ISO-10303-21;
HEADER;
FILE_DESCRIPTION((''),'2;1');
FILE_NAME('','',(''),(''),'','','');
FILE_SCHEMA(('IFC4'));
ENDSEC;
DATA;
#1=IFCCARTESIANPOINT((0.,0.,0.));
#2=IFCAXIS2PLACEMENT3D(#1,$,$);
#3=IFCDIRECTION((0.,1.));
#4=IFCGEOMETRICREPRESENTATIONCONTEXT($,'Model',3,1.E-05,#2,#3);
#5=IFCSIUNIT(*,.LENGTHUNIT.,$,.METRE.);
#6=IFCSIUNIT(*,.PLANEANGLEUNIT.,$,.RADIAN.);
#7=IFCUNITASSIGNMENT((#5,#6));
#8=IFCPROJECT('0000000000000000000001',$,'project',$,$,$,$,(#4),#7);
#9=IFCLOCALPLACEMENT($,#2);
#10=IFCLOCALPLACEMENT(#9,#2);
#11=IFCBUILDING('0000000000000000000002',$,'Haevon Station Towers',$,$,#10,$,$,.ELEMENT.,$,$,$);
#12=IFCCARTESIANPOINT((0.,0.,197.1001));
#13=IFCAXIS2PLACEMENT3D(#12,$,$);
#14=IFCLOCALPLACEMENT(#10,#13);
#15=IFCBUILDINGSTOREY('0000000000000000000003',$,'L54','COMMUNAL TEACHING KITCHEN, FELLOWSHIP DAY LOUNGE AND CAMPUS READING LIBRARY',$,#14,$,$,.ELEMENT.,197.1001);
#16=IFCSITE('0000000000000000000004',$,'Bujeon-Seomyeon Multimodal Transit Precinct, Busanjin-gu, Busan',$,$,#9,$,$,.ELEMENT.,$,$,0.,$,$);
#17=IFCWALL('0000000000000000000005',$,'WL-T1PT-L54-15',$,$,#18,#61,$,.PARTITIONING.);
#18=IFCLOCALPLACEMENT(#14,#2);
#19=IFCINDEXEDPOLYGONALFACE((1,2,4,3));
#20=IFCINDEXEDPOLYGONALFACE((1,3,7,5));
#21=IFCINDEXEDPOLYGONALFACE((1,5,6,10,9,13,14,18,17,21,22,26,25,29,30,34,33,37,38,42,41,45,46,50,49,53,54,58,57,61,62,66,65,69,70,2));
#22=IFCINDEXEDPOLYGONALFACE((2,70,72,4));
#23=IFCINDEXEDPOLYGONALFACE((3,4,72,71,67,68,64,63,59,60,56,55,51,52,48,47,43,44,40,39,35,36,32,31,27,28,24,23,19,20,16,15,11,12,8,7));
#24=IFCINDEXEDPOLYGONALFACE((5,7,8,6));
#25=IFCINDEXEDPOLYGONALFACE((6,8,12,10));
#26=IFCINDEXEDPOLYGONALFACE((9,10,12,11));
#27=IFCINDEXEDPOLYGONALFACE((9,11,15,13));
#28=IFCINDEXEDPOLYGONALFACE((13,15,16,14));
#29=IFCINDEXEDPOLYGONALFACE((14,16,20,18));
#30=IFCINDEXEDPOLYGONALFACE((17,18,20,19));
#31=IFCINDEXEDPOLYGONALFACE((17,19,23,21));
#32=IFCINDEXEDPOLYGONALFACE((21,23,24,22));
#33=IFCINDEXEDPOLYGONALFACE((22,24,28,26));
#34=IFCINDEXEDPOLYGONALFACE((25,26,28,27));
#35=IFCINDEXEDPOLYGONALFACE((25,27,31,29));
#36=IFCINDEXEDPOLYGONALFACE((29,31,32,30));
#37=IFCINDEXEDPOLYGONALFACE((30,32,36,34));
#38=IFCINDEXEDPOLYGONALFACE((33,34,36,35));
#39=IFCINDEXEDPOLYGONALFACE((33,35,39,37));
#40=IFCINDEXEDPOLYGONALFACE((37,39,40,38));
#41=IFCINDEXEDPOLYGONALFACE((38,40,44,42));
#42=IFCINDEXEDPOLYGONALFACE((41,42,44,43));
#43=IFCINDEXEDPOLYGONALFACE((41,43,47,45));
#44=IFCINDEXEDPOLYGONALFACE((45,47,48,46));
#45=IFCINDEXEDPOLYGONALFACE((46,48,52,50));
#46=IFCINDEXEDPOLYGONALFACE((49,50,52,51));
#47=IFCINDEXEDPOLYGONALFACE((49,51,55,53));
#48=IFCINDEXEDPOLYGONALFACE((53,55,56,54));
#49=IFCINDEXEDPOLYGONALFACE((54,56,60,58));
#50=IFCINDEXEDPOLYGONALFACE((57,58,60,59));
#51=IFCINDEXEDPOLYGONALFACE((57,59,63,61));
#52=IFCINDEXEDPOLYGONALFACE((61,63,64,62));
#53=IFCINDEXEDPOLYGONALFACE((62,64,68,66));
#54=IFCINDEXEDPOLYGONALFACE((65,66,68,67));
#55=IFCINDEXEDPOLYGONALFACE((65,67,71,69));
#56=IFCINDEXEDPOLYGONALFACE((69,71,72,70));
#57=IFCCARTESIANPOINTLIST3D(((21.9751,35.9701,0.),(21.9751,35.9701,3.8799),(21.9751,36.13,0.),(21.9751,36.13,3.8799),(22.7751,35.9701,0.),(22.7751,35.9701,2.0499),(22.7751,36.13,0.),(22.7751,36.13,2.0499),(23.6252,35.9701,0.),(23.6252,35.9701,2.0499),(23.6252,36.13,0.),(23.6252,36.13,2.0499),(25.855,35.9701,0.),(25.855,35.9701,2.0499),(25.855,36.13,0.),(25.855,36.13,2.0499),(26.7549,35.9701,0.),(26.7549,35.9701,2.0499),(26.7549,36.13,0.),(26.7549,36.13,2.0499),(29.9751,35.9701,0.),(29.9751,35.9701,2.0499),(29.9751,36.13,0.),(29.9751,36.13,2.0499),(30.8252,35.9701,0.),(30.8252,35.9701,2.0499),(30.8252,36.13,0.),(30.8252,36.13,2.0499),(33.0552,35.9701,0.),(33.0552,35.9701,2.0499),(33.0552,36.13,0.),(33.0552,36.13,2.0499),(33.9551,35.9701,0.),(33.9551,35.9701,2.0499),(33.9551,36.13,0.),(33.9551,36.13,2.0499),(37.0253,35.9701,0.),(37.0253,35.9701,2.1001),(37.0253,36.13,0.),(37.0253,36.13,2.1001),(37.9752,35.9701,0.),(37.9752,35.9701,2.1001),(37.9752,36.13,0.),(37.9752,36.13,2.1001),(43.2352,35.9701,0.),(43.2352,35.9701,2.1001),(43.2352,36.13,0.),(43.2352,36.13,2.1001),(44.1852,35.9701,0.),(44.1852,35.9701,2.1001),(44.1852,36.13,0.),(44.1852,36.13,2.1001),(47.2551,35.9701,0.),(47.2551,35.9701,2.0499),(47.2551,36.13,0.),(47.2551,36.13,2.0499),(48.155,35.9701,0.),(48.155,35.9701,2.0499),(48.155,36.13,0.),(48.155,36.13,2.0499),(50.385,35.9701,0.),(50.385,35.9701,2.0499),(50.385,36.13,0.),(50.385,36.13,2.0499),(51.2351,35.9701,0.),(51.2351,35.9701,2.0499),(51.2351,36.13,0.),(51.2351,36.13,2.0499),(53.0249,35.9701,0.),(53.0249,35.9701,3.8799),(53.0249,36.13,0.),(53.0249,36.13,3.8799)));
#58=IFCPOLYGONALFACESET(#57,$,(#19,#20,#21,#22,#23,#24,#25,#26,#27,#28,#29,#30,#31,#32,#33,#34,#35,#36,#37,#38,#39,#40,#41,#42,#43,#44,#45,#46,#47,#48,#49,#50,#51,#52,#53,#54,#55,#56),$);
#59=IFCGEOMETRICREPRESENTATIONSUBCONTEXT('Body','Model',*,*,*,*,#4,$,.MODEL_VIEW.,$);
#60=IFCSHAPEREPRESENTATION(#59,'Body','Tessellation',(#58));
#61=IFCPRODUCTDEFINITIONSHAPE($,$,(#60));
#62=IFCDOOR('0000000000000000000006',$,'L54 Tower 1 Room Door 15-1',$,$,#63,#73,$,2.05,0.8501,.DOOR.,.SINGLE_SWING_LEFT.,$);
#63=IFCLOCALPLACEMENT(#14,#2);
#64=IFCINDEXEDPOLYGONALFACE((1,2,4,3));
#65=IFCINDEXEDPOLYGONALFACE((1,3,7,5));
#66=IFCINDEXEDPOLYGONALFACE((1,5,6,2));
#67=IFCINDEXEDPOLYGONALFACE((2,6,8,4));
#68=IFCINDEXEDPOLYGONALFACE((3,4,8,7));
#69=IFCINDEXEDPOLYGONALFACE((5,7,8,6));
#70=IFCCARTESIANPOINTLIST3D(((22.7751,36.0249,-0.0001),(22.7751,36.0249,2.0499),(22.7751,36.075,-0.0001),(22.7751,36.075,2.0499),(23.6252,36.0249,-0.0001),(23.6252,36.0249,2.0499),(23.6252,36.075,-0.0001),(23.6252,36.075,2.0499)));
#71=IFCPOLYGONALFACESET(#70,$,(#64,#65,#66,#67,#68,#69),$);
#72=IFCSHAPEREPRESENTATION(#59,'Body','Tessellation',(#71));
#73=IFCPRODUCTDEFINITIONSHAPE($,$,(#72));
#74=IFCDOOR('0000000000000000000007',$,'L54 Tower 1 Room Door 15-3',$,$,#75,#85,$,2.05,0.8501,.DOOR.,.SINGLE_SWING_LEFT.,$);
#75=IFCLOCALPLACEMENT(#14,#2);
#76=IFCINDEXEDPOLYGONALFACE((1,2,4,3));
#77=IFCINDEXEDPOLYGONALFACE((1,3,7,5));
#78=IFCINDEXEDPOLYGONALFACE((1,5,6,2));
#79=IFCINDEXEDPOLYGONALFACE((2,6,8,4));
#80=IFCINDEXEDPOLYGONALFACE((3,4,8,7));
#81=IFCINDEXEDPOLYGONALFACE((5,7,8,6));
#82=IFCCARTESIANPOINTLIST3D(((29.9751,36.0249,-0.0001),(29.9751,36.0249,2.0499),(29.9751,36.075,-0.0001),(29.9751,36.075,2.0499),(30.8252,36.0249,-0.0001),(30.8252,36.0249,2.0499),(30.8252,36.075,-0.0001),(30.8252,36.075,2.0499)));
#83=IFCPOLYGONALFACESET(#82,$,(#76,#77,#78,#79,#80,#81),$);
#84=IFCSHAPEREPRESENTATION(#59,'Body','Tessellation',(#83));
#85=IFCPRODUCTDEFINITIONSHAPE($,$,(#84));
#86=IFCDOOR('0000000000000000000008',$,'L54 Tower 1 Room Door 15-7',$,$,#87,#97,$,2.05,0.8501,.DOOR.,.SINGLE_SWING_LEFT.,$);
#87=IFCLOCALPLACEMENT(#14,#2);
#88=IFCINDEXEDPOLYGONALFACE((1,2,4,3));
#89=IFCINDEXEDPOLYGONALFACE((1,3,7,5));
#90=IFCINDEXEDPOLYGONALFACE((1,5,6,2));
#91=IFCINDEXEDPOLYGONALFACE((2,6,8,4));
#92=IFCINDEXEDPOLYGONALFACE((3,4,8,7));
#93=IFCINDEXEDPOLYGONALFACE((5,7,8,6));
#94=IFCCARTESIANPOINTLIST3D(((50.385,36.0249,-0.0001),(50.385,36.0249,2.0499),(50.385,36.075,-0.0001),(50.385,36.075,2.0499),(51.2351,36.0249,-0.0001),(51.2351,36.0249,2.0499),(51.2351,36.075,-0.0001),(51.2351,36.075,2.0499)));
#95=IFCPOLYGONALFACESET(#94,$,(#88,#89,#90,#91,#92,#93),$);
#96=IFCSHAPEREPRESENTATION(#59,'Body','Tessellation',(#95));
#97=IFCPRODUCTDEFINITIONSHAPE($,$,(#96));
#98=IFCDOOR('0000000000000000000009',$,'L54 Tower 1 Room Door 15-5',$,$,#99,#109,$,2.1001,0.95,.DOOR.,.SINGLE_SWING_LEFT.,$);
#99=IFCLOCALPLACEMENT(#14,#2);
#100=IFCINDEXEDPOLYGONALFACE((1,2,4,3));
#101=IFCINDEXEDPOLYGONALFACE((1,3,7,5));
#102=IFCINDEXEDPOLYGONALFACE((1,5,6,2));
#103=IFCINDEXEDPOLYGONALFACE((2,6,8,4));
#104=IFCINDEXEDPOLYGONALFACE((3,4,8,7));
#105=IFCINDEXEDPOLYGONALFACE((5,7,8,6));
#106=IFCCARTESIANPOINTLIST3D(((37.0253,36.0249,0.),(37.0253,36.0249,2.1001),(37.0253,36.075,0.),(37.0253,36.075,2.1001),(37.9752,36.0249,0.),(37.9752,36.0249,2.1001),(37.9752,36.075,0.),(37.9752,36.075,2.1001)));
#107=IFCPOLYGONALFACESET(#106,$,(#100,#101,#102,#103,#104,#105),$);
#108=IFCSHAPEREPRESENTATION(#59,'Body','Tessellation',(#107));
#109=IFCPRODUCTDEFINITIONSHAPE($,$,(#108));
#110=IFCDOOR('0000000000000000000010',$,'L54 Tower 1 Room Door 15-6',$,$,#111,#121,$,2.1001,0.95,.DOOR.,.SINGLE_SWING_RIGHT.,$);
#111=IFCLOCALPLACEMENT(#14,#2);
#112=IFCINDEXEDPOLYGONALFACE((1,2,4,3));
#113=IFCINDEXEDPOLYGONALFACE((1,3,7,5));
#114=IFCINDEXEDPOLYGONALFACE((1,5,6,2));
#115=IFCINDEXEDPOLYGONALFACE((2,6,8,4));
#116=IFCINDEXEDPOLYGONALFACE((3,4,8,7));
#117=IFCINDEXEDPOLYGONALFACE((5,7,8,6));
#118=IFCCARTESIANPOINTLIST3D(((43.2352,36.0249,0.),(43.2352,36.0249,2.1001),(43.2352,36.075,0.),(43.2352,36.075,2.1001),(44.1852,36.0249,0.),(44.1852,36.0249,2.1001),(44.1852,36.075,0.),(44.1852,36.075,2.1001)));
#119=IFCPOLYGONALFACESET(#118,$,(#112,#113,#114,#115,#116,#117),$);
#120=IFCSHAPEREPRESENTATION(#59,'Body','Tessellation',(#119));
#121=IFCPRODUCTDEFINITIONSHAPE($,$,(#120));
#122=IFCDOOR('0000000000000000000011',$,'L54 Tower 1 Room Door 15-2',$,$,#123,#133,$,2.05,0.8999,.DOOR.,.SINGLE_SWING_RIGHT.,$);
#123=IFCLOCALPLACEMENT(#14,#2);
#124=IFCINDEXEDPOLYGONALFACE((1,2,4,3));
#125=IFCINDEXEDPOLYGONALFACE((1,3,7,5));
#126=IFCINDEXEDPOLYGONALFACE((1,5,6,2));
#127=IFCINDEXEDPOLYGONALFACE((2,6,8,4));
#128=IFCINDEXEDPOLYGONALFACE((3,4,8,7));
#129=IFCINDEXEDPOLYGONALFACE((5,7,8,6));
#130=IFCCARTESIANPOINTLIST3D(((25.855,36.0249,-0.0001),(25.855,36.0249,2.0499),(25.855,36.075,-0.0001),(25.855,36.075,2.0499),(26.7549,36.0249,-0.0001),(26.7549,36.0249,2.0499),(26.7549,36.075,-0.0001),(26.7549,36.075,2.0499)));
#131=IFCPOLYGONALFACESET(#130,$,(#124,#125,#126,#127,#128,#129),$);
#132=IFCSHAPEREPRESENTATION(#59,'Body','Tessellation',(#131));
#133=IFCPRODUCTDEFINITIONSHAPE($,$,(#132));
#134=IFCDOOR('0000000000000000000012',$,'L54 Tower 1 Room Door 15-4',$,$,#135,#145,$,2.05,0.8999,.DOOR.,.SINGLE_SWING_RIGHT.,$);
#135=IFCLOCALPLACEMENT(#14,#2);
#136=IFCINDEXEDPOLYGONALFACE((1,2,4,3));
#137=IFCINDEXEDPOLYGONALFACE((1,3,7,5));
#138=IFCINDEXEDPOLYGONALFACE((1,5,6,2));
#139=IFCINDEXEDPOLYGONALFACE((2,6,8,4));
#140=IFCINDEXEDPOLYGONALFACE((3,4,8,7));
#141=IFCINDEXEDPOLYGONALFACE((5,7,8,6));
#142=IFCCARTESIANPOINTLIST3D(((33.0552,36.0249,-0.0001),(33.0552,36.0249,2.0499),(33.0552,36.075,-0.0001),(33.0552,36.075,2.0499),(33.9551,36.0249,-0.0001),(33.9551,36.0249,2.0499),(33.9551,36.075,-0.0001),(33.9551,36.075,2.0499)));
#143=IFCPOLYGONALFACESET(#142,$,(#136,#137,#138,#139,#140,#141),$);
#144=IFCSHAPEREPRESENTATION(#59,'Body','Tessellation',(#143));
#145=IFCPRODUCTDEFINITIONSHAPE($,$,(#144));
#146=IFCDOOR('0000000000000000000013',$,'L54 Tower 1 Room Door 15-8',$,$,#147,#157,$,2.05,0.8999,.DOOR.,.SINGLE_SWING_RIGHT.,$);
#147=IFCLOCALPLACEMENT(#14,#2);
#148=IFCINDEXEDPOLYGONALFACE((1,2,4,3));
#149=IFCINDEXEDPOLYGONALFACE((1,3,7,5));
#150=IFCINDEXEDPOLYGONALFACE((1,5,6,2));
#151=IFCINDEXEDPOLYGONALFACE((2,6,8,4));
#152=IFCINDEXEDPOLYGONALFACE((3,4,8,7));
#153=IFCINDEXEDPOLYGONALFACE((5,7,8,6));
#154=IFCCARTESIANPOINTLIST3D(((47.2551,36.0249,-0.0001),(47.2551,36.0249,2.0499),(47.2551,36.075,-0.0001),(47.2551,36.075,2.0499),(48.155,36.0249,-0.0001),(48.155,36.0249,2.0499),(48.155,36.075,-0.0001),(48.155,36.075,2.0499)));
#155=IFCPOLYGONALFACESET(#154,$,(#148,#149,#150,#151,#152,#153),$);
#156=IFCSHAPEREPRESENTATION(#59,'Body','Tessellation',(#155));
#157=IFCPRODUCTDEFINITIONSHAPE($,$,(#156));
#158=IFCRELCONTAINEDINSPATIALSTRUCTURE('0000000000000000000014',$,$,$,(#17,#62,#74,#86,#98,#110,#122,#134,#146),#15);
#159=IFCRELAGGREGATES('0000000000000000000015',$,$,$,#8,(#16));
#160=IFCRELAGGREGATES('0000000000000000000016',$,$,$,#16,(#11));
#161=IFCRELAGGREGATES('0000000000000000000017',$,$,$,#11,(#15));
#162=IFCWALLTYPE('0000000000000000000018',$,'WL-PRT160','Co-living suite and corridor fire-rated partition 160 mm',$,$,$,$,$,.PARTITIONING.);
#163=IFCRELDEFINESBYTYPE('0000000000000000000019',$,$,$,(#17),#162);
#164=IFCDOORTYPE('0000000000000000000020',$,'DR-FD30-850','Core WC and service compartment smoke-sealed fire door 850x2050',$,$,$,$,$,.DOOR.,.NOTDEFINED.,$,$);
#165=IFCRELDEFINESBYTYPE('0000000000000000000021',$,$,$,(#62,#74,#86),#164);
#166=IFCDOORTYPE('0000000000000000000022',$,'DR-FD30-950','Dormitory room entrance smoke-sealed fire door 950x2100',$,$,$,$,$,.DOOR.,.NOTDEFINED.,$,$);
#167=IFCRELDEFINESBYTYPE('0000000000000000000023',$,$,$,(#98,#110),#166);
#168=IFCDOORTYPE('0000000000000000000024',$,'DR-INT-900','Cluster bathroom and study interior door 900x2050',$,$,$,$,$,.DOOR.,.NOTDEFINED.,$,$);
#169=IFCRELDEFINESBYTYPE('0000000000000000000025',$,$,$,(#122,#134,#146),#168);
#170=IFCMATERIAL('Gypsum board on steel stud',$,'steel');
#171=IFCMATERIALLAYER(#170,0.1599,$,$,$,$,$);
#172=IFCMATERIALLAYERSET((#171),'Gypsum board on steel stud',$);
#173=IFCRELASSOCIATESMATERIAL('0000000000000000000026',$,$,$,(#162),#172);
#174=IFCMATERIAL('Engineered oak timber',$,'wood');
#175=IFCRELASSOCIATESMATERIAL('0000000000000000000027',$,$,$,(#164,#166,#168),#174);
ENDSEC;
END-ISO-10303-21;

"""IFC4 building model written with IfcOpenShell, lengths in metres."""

from ifc_helpers import new_model, si_unit, direction, frame, frame_2d, origin, place, context, subcontext, project, spatial, rectangle, extrude, material, layer, layer_set, type_object, element, fill, save


model = new_model("IFC4")

# Units and contexts
model_context = context("Model", 3, precision=1e-05, world=origin(), true_north=direction((0.0, 1.0)))
body_context = subcontext(model_context, "Body", "Model", "MODEL_VIEW")
ifc_project = project(units=[si_unit("LENGTHUNIT", "METRE"), si_unit("PLANEANGLEUNIT", "RADIAN")], contexts=[model_context])

# Site, building, storey
site_placement = place(None, origin())
site = spatial("IfcSite", under=ifc_project, at=site_placement, Name="Bujeon-Seomyeon Multimodal Transit Precinct, Busanjin-gu, Busan", CompositionType="ELEMENT", RefElevation=0.0)
building_placement = place(site_placement, origin())
building = spatial("IfcBuilding", under=site, at=building_placement, Name="Haevon Station Towers", CompositionType="ELEMENT")
storey_placement = place(building_placement, frame((0.0, 0.0, 197.1001)))
storey = spatial("IfcBuildingStorey", under=building, at=storey_placement, Name="L54", Description="COMMUNAL TEACHING KITCHEN, FELLOWSHIP DAY LOUNGE AND CAMPUS READING LIBRARY", CompositionType="ELEMENT", Elevation=197.1001)

# Shared definitions
ifc_material_1 = material(Name="Gypsum board on steel stud", Category="steel")

# Wall, openings, doors
ifc_layer_1 = layer(ifc_material_1, 0.1599)
ifc_layer_set_1 = layer_set([ifc_layer_1], Name="Gypsum board on steel stud")
wall_type_1 = type_object("IfcWallType", Name="WL-PRT160", Description="Co-living suite and corridor fire-rated partition 160 mm", PredefinedType="PARTITIONING", material=ifc_layer_set_1)
wall_1_placement = place(storey_placement, frame((21.9751, 36.05, 0.0), z_axis=(0.0, 0.0, 1.0), x_axis=(1.0, 0.0, 0.0)))
wall_1 = element("IfcWall", 1, at=wall_1_placement, inside=storey, type_object=wall_type_1, Name="WL-T1PT-L54-15", PredefinedType="PARTITIONING", context=body_context, shape_type="SweptSolid", body=[
    extrude(rectangle(XDim=31.0498, YDim=0.1599, at=frame_2d((15.5249, 0.0))), origin(), (0.0, 0.0, 1.0), 3.8799),
])
opening_1_placement = place(wall_1_placement, frame((0.8, 0.0, 0.0)))
opening_1 = element("IfcOpeningElement", 2, at=opening_1_placement, cuts=wall_1, PredefinedType="OPENING", context=body_context, shape_type="SweptSolid", body=[
    extrude(rectangle(XDim=0.8501, YDim=2.05, at=frame_2d((0.425, 1.0249))), frame((0.0, 0.0898, 0.0), z_axis=(0.0, -1.0, 0.0), x_axis=(1.0, 0.0, 0.0)), (0.0, 0.0, 1.0), 0.1799),
])
opening_2_placement = place(wall_1_placement, frame((3.8799, 0.0, 0.0)))
opening_2 = element("IfcOpeningElement", 3, at=opening_2_placement, cuts=wall_1, PredefinedType="OPENING", context=body_context, shape_type="SweptSolid", body=[
    extrude(rectangle(XDim=0.8999, YDim=2.05, at=frame_2d((0.45, 1.0249))), frame((0.0, 0.0898, 0.0), z_axis=(0.0, -1.0, 0.0), x_axis=(1.0, 0.0, 0.0)), (0.0, 0.0, 1.0), 0.1799),
])
opening_3_placement = place(wall_1_placement, frame((8.0, 0.0, 0.0)))
opening_3 = element("IfcOpeningElement", 4, at=opening_3_placement, cuts=wall_1, PredefinedType="OPENING", context=body_context, shape_type="SweptSolid", body=[
    extrude(rectangle(XDim=0.8501, YDim=2.05, at=frame_2d((0.425, 1.0249))), frame((0.0, 0.0898, 0.0), z_axis=(0.0, -1.0, 0.0), x_axis=(1.0, 0.0, 0.0)), (0.0, 0.0, 1.0), 0.1799),
])
opening_4_placement = place(wall_1_placement, frame((11.0801, 0.0, 0.0)))
opening_4 = element("IfcOpeningElement", 5, at=opening_4_placement, cuts=wall_1, PredefinedType="OPENING", context=body_context, shape_type="SweptSolid", body=[
    extrude(rectangle(XDim=0.8999, YDim=2.05, at=frame_2d((0.45, 1.0249))), frame((0.0, 0.0898, 0.0), z_axis=(0.0, -1.0, 0.0), x_axis=(1.0, 0.0, 0.0)), (0.0, 0.0, 1.0), 0.1799),
])
opening_5_placement = place(wall_1_placement, frame((15.05, 0.0, 0.0)))
opening_5 = element("IfcOpeningElement", 6, at=opening_5_placement, cuts=wall_1, PredefinedType="OPENING", context=body_context, shape_type="SweptSolid", body=[
    extrude(rectangle(XDim=0.95, YDim=2.1001, at=frame_2d((0.4751, 1.05))), frame((0.0, 0.0898, 0.0), z_axis=(0.0, -1.0, 0.0), x_axis=(1.0, 0.0, 0.0)), (0.0, 0.0, 1.0), 0.1799),
])
opening_6_placement = place(wall_1_placement, frame((21.26, 0.0, 0.0)))
opening_6 = element("IfcOpeningElement", 7, at=opening_6_placement, cuts=wall_1, PredefinedType="OPENING", context=body_context, shape_type="SweptSolid", body=[
    extrude(rectangle(XDim=0.95, YDim=2.1001, at=frame_2d((0.4751, 1.05))), frame((0.0, 0.0898, 0.0), z_axis=(0.0, -1.0, 0.0), x_axis=(1.0, 0.0, 0.0)), (0.0, 0.0, 1.0), 0.1799),
])
opening_7_placement = place(wall_1_placement, frame((28.4099, 0.0, 0.0)))
opening_7 = element("IfcOpeningElement", 8, at=opening_7_placement, cuts=wall_1, PredefinedType="OPENING", context=body_context, shape_type="SweptSolid", body=[
    extrude(rectangle(XDim=0.8501, YDim=2.05, at=frame_2d((0.425, 1.0249))), frame((0.0, 0.0898, 0.0), z_axis=(0.0, -1.0, 0.0), x_axis=(1.0, 0.0, 0.0)), (0.0, 0.0, 1.0), 0.1799),
])
opening_8_placement = place(wall_1_placement, frame((25.28, 0.0, 0.0)))
opening_8 = element("IfcOpeningElement", 9, at=opening_8_placement, cuts=wall_1, PredefinedType="OPENING", context=body_context, shape_type="SweptSolid", body=[
    extrude(rectangle(XDim=0.8999, YDim=2.05, at=frame_2d((0.45, 1.0249))), frame((0.0, 0.0898, 0.0), z_axis=(0.0, -1.0, 0.0), x_axis=(1.0, 0.0, 0.0)), (0.0, 0.0, 1.0), 0.1799),
])
ifc_material_2 = material(Name="Engineered oak timber", Category="wood")
door_type_1 = type_object("IfcDoorType", Name="DR-FD30-850", Description="Core WC and service compartment smoke-sealed fire door 850x2050", OperationType="NOTDEFINED", PredefinedType="DOOR", material=ifc_material_2)
door_1_placement = place(opening_1_placement, origin())
door_1 = element("IfcDoor", 10, at=door_1_placement, inside=storey, type_object=door_type_1, Name="L54 Tower 1 Room Door 15-1", OperationType="SINGLE_SWING_LEFT", OverallHeight=2.05, OverallWidth=0.8501, PredefinedType="DOOR", context=body_context, shape_type="SweptSolid", body=[
    extrude(rectangle(XDim=0.8501, YDim=2.05, at=frame_2d((0.425, 1.0249))), frame((0.0, 0.0249, 0.0), z_axis=(0.0, -1.0, 0.0), x_axis=(1.0, 0.0, 0.0)), (0.0, 0.0, 1.0), 0.05),
])
fill(opening_1, door_1)
door_2_placement = place(opening_3_placement, origin())
door_2 = element("IfcDoor", 11, at=door_2_placement, inside=storey, type_object=door_type_1, Name="L54 Tower 1 Room Door 15-3", OperationType="SINGLE_SWING_LEFT", OverallHeight=2.05, OverallWidth=0.8501, PredefinedType="DOOR", context=body_context, shape_type="SweptSolid", body=[
    extrude(rectangle(XDim=0.8501, YDim=2.05, at=frame_2d((0.425, 1.0249))), frame((0.0, 0.0249, 0.0), z_axis=(0.0, -1.0, 0.0), x_axis=(1.0, 0.0, 0.0)), (0.0, 0.0, 1.0), 0.05),
])
fill(opening_3, door_2)
door_3_placement = place(opening_7_placement, origin())
door_3 = element("IfcDoor", 12, at=door_3_placement, inside=storey, type_object=door_type_1, Name="L54 Tower 1 Room Door 15-7", OperationType="SINGLE_SWING_LEFT", OverallHeight=2.05, OverallWidth=0.8501, PredefinedType="DOOR", context=body_context, shape_type="SweptSolid", body=[
    extrude(rectangle(XDim=0.8501, YDim=2.05, at=frame_2d((0.425, 1.0249))), frame((0.0, 0.0249, 0.0), z_axis=(0.0, -1.0, 0.0), x_axis=(1.0, 0.0, 0.0)), (0.0, 0.0, 1.0), 0.05),
])
fill(opening_7, door_3)
door_type_2 = type_object("IfcDoorType", Name="DR-FD30-950", Description="Dormitory room entrance smoke-sealed fire door 950x2100", OperationType="NOTDEFINED", PredefinedType="DOOR", material=ifc_material_2)
door_4_placement = place(opening_5_placement, origin())
door_4 = element("IfcDoor", 13, at=door_4_placement, inside=storey, type_object=door_type_2, Name="L54 Tower 1 Room Door 15-5", OperationType="SINGLE_SWING_LEFT", OverallHeight=2.1001, OverallWidth=0.95, PredefinedType="DOOR", context=body_context, shape_type="SweptSolid", body=[
    extrude(rectangle(XDim=0.95, YDim=2.1001, at=frame_2d((0.4751, 1.05))), frame((0.0, 0.0249, 0.0), z_axis=(0.0, -1.0, 0.0), x_axis=(1.0, 0.0, 0.0)), (0.0, 0.0, 1.0), 0.05),
])
fill(opening_5, door_4)
door_5_placement = place(opening_6_placement, origin())
door_5 = element("IfcDoor", 14, at=door_5_placement, inside=storey, type_object=door_type_2, Name="L54 Tower 1 Room Door 15-6", OperationType="SINGLE_SWING_RIGHT", OverallHeight=2.1001, OverallWidth=0.95, PredefinedType="DOOR", context=body_context, shape_type="SweptSolid", body=[
    extrude(rectangle(XDim=0.95, YDim=2.1001, at=frame_2d((0.4751, 1.05))), frame((0.0, 0.0249, 0.0), z_axis=(0.0, -1.0, 0.0), x_axis=(1.0, 0.0, 0.0)), (0.0, 0.0, 1.0), 0.05),
])
fill(opening_6, door_5)
door_type_3 = type_object("IfcDoorType", Name="DR-INT-900", Description="Cluster bathroom and study interior door 900x2050", OperationType="NOTDEFINED", PredefinedType="DOOR", material=ifc_material_2)
door_6_placement = place(opening_2_placement, origin())
door_6 = element("IfcDoor", 15, at=door_6_placement, inside=storey, type_object=door_type_3, Name="L54 Tower 1 Room Door 15-2", OperationType="SINGLE_SWING_RIGHT", OverallHeight=2.05, OverallWidth=0.8999, PredefinedType="DOOR", context=body_context, shape_type="SweptSolid", body=[
    extrude(rectangle(XDim=0.8999, YDim=2.05, at=frame_2d((0.45, 1.0249))), frame((0.0, 0.0249, 0.0), z_axis=(0.0, -1.0, 0.0), x_axis=(1.0, 0.0, 0.0)), (0.0, 0.0, 1.0), 0.05),
])
fill(opening_2, door_6)
door_7_placement = place(opening_4_placement, origin())
door_7 = element("IfcDoor", 16, at=door_7_placement, inside=storey, type_object=door_type_3, Name="L54 Tower 1 Room Door 15-4", OperationType="SINGLE_SWING_RIGHT", OverallHeight=2.05, OverallWidth=0.8999, PredefinedType="DOOR", context=body_context, shape_type="SweptSolid", body=[
    extrude(rectangle(XDim=0.8999, YDim=2.05, at=frame_2d((0.45, 1.0249))), frame((0.0, 0.0249, 0.0), z_axis=(0.0, -1.0, 0.0), x_axis=(1.0, 0.0, 0.0)), (0.0, 0.0, 1.0), 0.05),
])
fill(opening_4, door_7)
door_8_placement = place(opening_8_placement, origin())
door_8 = element("IfcDoor", 17, at=door_8_placement, inside=storey, type_object=door_type_3, Name="L54 Tower 1 Room Door 15-8", OperationType="SINGLE_SWING_RIGHT", OverallHeight=2.05, OverallWidth=0.8999, PredefinedType="DOOR", context=body_context, shape_type="SweptSolid", body=[
    extrude(rectangle(XDim=0.8999, YDim=2.05, at=frame_2d((0.45, 1.0249))), frame((0.0, 0.0249, 0.0), z_axis=(0.0, -1.0, 0.0), x_axis=(1.0, 0.0, 0.0)), (0.0, 0.0, 1.0), 0.05),
])
fill(opening_8, door_8)

save(model, "model.ifc")
